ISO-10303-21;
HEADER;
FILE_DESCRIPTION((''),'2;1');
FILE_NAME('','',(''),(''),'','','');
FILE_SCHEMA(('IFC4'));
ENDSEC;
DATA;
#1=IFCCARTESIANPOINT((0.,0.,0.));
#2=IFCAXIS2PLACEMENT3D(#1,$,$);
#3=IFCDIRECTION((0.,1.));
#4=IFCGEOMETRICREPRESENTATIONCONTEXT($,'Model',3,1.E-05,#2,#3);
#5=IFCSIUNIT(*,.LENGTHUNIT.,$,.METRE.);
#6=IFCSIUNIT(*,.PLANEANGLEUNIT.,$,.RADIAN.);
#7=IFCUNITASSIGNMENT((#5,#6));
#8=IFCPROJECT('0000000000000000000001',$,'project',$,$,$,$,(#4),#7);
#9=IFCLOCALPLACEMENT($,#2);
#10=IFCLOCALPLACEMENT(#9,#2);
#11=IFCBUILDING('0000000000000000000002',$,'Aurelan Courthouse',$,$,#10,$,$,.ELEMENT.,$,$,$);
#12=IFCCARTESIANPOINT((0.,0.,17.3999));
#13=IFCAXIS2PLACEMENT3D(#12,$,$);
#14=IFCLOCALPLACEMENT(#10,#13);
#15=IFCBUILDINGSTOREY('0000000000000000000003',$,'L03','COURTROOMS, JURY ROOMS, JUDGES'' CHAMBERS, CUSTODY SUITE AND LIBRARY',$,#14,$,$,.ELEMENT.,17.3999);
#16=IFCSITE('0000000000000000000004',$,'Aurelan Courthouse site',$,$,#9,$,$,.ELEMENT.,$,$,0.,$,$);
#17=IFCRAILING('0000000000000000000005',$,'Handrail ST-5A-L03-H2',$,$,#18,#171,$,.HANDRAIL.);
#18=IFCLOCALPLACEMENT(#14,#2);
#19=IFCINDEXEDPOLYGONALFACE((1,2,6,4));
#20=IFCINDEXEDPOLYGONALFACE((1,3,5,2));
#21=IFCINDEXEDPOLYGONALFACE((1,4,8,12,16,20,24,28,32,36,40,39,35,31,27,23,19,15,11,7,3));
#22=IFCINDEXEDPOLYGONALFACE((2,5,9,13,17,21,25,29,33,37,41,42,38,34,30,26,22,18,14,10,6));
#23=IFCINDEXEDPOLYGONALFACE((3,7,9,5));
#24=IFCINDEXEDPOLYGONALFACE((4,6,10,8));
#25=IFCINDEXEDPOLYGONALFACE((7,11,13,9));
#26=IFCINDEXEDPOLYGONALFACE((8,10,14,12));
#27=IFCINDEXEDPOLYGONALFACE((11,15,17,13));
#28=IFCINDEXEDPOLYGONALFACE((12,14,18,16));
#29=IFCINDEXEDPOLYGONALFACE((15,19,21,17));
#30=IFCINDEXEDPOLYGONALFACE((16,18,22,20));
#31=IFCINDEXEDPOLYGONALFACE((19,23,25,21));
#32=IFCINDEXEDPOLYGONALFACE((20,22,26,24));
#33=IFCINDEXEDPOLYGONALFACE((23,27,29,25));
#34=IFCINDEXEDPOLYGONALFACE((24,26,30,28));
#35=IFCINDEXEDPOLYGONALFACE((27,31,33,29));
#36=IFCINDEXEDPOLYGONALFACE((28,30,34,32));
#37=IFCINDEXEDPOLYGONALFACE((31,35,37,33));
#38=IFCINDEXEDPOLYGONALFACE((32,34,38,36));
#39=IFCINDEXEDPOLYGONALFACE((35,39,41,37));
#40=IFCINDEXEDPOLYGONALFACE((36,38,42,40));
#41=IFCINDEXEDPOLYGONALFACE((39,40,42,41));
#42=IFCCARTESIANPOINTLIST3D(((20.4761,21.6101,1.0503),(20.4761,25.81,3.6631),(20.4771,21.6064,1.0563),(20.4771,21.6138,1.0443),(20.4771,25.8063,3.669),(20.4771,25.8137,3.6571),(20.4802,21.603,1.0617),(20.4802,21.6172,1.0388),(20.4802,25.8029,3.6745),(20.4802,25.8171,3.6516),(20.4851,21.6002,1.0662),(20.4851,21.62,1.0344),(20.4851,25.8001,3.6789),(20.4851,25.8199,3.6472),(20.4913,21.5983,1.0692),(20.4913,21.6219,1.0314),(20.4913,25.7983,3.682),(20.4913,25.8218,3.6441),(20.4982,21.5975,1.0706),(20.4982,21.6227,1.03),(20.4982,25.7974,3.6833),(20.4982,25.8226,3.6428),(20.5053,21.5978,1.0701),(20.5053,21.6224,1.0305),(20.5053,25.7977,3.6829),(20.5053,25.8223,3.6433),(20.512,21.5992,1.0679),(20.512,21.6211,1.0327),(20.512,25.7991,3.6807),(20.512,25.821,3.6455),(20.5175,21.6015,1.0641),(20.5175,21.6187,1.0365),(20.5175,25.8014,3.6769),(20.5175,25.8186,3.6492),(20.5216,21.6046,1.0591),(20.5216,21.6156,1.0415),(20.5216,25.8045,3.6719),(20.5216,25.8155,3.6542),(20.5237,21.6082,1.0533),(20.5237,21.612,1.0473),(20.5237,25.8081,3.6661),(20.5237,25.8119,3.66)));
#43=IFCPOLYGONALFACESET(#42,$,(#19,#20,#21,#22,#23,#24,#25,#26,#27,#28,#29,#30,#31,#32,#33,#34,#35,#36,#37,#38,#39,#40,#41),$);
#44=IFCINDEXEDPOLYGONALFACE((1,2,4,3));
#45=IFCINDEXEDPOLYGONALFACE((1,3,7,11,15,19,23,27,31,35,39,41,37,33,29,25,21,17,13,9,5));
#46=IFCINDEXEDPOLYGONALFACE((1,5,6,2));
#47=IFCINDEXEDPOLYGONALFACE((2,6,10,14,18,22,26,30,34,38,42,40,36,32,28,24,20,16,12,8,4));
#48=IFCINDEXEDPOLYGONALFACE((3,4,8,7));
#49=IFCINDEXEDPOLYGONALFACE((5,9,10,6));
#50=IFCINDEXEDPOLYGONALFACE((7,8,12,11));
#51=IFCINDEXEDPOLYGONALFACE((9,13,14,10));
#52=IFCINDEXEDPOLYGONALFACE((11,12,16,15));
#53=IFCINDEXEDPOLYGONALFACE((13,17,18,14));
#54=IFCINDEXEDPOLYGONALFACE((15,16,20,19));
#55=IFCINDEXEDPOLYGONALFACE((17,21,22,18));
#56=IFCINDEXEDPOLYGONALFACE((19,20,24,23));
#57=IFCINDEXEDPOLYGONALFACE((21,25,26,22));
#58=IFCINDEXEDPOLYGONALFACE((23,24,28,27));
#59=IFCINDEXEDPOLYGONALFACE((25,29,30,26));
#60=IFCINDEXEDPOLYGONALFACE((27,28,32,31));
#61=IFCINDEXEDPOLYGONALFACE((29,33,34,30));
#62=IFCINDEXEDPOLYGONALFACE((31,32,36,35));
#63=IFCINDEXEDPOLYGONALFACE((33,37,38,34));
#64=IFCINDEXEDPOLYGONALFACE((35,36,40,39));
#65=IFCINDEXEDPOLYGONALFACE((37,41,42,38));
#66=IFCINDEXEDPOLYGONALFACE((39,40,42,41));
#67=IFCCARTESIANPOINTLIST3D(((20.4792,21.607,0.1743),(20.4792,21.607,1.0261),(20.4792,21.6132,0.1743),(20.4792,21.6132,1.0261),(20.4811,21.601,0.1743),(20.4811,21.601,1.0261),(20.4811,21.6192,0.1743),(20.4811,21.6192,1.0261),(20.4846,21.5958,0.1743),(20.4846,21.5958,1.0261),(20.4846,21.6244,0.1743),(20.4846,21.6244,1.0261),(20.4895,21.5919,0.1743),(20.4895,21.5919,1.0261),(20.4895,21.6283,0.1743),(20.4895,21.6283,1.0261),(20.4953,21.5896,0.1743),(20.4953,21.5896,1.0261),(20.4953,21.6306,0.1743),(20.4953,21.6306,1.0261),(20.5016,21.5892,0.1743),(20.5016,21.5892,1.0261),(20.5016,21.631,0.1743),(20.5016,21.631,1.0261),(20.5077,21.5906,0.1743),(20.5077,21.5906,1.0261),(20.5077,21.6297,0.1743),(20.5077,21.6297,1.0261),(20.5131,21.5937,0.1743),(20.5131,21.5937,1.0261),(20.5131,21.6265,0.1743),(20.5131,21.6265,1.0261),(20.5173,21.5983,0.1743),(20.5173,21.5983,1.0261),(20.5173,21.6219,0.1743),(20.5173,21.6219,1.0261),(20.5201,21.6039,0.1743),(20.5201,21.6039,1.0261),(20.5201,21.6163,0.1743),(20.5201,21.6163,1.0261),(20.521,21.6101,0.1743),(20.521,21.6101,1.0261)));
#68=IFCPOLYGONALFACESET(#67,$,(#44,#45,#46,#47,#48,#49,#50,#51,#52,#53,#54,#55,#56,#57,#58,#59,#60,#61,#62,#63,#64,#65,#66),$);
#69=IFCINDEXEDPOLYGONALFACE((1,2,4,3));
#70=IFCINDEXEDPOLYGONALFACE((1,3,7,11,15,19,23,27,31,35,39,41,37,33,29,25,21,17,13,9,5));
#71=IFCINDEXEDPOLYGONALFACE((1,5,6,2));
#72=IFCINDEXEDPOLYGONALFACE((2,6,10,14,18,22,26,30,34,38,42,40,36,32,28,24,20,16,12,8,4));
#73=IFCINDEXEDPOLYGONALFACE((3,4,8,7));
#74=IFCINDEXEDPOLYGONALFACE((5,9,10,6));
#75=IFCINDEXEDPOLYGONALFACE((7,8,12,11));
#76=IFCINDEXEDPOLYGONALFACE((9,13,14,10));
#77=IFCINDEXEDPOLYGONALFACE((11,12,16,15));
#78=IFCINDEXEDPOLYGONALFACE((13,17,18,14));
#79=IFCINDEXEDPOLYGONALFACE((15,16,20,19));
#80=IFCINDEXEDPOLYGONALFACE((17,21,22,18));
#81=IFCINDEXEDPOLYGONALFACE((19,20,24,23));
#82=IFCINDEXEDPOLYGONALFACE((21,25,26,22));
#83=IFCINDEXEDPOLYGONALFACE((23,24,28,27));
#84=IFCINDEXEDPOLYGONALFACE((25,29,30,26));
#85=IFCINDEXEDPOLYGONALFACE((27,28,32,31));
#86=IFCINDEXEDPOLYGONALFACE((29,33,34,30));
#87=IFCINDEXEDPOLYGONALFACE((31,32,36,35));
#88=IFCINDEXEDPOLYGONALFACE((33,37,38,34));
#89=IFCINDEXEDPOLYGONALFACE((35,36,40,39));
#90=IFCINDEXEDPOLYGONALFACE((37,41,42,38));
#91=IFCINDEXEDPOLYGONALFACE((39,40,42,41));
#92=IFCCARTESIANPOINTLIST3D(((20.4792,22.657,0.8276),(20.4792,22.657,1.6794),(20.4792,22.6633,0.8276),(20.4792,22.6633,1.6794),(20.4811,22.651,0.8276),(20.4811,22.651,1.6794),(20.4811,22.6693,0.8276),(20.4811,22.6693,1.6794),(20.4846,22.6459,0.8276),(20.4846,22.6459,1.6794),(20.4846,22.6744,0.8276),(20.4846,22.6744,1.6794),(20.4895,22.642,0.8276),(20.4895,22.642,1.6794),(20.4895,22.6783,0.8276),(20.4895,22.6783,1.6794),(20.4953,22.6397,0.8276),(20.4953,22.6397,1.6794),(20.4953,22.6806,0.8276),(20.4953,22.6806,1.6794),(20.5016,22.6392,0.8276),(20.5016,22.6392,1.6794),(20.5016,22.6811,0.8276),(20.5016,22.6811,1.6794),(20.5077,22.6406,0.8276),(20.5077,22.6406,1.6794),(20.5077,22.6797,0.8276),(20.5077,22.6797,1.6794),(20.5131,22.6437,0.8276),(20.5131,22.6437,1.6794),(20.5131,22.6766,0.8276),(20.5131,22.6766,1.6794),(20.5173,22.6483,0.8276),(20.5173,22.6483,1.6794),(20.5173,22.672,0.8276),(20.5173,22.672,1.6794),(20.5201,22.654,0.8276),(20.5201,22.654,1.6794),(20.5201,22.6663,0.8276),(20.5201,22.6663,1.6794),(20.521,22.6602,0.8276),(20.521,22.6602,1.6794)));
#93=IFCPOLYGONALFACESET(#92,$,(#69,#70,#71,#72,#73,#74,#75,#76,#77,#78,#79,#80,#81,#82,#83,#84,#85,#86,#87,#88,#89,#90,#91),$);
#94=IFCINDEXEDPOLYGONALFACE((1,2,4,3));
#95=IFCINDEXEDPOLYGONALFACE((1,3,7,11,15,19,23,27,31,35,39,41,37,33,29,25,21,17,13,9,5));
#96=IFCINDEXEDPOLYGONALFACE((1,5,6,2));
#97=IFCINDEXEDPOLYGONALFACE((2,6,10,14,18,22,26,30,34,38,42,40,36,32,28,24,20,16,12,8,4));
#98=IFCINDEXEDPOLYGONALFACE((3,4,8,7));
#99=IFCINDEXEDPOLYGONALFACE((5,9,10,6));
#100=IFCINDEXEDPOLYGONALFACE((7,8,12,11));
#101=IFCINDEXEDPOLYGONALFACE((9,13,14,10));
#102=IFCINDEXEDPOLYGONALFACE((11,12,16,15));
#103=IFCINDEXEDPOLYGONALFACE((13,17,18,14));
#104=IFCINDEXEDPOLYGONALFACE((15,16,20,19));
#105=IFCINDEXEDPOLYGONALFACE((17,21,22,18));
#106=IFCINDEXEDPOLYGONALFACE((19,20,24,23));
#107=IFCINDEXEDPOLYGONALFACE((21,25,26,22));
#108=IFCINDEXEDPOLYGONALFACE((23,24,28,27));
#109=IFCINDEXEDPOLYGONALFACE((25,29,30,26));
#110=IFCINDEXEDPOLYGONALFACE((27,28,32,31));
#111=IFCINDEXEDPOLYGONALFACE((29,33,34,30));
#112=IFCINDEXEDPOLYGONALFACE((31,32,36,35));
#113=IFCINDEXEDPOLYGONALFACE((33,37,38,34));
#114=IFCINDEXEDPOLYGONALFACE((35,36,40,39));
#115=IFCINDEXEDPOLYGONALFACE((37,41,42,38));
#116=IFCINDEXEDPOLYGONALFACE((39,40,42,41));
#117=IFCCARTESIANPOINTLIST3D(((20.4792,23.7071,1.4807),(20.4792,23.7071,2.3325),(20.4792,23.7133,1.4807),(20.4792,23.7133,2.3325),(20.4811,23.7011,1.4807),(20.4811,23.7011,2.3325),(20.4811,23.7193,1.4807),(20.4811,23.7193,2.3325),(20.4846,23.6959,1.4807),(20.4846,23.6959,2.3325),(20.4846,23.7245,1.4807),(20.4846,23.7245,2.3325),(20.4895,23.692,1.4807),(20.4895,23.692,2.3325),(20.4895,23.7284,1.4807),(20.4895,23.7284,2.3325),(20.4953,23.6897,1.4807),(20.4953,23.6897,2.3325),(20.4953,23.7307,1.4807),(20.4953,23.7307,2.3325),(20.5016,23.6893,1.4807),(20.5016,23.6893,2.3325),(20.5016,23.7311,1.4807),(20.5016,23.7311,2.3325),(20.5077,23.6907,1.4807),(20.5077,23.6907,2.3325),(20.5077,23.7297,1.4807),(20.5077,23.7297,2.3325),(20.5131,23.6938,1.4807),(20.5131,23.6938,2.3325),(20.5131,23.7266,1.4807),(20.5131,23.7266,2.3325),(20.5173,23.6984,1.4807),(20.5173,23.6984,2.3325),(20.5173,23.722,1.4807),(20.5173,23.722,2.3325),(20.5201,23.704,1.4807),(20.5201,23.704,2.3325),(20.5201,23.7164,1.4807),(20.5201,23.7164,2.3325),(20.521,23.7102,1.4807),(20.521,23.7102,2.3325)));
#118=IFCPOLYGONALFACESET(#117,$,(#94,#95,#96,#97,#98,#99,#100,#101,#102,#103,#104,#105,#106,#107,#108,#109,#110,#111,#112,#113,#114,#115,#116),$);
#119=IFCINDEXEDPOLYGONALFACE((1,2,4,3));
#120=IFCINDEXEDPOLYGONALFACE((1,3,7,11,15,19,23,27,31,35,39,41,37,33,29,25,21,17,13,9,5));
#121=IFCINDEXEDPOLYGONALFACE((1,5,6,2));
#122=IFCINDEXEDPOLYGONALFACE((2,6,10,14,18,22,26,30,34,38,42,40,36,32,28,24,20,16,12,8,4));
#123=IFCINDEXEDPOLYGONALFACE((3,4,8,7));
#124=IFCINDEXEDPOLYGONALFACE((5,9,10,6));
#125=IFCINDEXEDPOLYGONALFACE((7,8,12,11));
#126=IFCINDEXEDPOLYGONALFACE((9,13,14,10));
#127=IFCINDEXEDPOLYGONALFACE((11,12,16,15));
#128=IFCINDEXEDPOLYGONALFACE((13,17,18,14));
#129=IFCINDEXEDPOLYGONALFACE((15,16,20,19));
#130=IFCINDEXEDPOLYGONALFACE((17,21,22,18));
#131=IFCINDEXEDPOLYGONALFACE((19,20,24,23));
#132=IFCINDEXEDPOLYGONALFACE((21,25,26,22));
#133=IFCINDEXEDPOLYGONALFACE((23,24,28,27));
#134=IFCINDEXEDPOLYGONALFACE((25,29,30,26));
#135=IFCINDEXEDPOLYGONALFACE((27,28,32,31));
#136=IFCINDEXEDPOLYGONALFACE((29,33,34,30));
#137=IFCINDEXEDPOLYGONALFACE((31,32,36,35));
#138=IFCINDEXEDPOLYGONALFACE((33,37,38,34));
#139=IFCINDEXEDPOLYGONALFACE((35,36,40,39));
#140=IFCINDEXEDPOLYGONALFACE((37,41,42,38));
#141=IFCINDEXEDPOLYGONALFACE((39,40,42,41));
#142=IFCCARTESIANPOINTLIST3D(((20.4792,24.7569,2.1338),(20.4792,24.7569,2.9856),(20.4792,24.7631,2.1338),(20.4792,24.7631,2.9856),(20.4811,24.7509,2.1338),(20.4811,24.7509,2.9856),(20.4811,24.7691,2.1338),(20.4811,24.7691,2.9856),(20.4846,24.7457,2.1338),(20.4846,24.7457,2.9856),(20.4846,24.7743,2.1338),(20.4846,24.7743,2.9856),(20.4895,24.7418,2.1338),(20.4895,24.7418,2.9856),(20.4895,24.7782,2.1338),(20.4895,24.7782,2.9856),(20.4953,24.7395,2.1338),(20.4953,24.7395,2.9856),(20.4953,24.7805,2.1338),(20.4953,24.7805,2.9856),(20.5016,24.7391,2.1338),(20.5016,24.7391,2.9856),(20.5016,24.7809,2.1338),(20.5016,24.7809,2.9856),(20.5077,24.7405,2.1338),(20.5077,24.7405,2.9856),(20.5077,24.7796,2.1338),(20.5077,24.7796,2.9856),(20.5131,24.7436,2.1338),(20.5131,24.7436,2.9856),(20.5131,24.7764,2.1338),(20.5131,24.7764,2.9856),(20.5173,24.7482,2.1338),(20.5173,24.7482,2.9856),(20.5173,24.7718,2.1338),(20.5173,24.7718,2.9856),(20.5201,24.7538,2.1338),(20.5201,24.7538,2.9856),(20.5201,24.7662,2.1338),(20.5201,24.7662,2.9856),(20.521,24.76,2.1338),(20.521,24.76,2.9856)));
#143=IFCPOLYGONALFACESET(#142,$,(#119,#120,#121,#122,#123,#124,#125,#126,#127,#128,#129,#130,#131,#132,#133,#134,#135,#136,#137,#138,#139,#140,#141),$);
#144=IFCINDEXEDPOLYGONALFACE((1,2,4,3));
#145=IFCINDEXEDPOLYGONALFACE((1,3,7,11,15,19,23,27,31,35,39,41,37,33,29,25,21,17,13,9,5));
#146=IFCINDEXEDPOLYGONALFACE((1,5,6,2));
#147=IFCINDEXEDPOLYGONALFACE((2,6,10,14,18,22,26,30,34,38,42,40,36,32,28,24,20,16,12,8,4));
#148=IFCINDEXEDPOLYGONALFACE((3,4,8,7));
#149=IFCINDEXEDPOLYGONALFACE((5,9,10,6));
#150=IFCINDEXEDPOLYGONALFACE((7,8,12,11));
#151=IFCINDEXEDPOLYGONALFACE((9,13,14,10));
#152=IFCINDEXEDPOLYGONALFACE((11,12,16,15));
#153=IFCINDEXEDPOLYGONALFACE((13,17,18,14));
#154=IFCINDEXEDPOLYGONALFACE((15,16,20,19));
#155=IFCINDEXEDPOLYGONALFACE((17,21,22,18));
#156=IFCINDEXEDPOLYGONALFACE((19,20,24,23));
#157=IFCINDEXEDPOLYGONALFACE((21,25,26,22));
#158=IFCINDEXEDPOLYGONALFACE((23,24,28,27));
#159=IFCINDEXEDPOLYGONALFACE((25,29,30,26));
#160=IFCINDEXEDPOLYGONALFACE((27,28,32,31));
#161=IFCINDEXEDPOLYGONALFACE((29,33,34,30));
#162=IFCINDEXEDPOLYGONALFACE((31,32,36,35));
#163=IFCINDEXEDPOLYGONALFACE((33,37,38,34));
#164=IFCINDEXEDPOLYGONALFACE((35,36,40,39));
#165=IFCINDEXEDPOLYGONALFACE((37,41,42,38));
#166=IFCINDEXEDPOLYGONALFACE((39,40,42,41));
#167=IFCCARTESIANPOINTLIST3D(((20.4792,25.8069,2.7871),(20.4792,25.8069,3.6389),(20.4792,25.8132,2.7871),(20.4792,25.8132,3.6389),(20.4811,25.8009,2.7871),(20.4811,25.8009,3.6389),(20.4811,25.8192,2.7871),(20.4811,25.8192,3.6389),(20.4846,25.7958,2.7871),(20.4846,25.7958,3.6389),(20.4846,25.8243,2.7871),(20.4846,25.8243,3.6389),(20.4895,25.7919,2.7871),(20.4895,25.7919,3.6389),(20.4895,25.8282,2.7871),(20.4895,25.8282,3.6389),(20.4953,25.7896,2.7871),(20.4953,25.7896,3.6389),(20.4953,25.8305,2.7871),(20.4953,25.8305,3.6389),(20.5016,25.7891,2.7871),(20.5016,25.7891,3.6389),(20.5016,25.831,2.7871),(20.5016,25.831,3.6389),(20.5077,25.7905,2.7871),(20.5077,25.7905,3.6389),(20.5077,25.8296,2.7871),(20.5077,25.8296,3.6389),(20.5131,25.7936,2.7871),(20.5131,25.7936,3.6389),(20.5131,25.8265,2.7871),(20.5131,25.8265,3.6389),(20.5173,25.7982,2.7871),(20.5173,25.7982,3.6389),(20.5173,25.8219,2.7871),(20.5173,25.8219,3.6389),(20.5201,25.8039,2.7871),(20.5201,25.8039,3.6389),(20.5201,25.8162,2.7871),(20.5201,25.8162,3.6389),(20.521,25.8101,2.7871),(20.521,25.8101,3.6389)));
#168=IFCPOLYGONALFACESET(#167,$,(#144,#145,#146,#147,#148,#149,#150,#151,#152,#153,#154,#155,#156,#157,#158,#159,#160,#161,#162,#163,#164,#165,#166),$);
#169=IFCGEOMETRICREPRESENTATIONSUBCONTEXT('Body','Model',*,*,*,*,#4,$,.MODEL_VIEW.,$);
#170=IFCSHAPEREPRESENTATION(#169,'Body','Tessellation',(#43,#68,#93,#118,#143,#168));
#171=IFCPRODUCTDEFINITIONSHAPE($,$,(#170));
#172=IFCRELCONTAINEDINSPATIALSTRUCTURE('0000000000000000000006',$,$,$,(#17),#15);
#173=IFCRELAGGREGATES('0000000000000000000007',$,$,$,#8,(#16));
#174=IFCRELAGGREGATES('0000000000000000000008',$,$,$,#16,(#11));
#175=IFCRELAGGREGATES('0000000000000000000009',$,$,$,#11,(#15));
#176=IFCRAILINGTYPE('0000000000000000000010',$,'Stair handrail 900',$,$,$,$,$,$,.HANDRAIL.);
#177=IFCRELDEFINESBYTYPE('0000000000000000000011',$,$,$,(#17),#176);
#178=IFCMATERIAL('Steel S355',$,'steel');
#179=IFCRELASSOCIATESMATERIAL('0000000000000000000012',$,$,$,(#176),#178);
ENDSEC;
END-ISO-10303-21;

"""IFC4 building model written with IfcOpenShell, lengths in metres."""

from ifc_helpers import new_model, si_unit, direction, frame, origin, origin_2d, place, context, subcontext, project, spatial, circle, extrude, material, type_object, element, save


model = new_model("IFC4")

# Units and contexts
model_context = context("Model", 3, precision=1e-05, world=origin(), true_north=direction((0.0, 1.0)))
body_context = subcontext(model_context, "Body", "Model", "MODEL_VIEW")
ifc_project = project(units=[si_unit("LENGTHUNIT", "METRE"), si_unit("PLANEANGLEUNIT", "RADIAN")], contexts=[model_context])

# Site, building, storey
site_placement = place(None, origin())
site = spatial("IfcSite", under=ifc_project, at=site_placement, Name="Aurelan Courthouse site", CompositionType="ELEMENT", RefElevation=0.0)
building_placement = place(site_placement, origin())
building = spatial("IfcBuilding", under=site, at=building_placement, Name="Aurelan Courthouse", CompositionType="ELEMENT")
storey_placement = place(building_placement, frame((0.0, 0.0, 17.3999)))
storey = spatial("IfcBuildingStorey", under=building, at=storey_placement, Name="L03", Description="COURTROOMS, JURY ROOMS, JUDGES' CHAMBERS, CUSTODY SUITE AND LIBRARY", CompositionType="ELEMENT", Elevation=17.3999)

# Railing
ifc_material_1 = material(Name="Steel S355", Category="steel")
railing_type = type_object("IfcRailingType", Name="Stair handrail 900", PredefinedType="HANDRAIL", material=ifc_material_1)
for number, where, name in (
    (1, (20.5, 21.6101, 0.1743), "Handrail ST-5A-L03-H2"),
):
    element("IfcRailing", number, at=place(storey_placement, frame(where)), inside=storey, type_object=railing_type, Name=name, PredefinedType="HANDRAIL", context=body_context, shape_type="SweptSolid", body=[
        extrude(circle(Radius=0.0239, at=origin_2d()), frame((0.0, 0.0, 0.876), z_axis=(0.0, 0.849103, 0.528228), x_axis=(-1.0, 0.0, 0.0)), (0.0, 0.0, 1.0), 4.9463),
        extrude(circle(Radius=0.021, at=origin_2d()), origin(), (0.0, 0.0, 1.0), 0.8518),
        extrude(circle(Radius=0.021, at=origin_2d()), frame((0.0, 1.05, 0.6533)), (0.0, 0.0, 1.0), 0.8518),
        extrude(circle(Radius=0.021, at=origin_2d()), frame((0.0, 2.1001, 1.3064)), (0.0, 0.0, 1.0), 0.8518),
        extrude(circle(Radius=0.021, at=origin_2d()), frame((0.0, 3.1499, 1.9595)), (0.0, 0.0, 1.0), 0.8518),
        extrude(circle(Radius=0.021, at=origin_2d()), frame((0.0, 4.2, 2.6128)), (0.0, 0.0, 1.0), 0.8518),
    ])

save(model, "model.ifc")
